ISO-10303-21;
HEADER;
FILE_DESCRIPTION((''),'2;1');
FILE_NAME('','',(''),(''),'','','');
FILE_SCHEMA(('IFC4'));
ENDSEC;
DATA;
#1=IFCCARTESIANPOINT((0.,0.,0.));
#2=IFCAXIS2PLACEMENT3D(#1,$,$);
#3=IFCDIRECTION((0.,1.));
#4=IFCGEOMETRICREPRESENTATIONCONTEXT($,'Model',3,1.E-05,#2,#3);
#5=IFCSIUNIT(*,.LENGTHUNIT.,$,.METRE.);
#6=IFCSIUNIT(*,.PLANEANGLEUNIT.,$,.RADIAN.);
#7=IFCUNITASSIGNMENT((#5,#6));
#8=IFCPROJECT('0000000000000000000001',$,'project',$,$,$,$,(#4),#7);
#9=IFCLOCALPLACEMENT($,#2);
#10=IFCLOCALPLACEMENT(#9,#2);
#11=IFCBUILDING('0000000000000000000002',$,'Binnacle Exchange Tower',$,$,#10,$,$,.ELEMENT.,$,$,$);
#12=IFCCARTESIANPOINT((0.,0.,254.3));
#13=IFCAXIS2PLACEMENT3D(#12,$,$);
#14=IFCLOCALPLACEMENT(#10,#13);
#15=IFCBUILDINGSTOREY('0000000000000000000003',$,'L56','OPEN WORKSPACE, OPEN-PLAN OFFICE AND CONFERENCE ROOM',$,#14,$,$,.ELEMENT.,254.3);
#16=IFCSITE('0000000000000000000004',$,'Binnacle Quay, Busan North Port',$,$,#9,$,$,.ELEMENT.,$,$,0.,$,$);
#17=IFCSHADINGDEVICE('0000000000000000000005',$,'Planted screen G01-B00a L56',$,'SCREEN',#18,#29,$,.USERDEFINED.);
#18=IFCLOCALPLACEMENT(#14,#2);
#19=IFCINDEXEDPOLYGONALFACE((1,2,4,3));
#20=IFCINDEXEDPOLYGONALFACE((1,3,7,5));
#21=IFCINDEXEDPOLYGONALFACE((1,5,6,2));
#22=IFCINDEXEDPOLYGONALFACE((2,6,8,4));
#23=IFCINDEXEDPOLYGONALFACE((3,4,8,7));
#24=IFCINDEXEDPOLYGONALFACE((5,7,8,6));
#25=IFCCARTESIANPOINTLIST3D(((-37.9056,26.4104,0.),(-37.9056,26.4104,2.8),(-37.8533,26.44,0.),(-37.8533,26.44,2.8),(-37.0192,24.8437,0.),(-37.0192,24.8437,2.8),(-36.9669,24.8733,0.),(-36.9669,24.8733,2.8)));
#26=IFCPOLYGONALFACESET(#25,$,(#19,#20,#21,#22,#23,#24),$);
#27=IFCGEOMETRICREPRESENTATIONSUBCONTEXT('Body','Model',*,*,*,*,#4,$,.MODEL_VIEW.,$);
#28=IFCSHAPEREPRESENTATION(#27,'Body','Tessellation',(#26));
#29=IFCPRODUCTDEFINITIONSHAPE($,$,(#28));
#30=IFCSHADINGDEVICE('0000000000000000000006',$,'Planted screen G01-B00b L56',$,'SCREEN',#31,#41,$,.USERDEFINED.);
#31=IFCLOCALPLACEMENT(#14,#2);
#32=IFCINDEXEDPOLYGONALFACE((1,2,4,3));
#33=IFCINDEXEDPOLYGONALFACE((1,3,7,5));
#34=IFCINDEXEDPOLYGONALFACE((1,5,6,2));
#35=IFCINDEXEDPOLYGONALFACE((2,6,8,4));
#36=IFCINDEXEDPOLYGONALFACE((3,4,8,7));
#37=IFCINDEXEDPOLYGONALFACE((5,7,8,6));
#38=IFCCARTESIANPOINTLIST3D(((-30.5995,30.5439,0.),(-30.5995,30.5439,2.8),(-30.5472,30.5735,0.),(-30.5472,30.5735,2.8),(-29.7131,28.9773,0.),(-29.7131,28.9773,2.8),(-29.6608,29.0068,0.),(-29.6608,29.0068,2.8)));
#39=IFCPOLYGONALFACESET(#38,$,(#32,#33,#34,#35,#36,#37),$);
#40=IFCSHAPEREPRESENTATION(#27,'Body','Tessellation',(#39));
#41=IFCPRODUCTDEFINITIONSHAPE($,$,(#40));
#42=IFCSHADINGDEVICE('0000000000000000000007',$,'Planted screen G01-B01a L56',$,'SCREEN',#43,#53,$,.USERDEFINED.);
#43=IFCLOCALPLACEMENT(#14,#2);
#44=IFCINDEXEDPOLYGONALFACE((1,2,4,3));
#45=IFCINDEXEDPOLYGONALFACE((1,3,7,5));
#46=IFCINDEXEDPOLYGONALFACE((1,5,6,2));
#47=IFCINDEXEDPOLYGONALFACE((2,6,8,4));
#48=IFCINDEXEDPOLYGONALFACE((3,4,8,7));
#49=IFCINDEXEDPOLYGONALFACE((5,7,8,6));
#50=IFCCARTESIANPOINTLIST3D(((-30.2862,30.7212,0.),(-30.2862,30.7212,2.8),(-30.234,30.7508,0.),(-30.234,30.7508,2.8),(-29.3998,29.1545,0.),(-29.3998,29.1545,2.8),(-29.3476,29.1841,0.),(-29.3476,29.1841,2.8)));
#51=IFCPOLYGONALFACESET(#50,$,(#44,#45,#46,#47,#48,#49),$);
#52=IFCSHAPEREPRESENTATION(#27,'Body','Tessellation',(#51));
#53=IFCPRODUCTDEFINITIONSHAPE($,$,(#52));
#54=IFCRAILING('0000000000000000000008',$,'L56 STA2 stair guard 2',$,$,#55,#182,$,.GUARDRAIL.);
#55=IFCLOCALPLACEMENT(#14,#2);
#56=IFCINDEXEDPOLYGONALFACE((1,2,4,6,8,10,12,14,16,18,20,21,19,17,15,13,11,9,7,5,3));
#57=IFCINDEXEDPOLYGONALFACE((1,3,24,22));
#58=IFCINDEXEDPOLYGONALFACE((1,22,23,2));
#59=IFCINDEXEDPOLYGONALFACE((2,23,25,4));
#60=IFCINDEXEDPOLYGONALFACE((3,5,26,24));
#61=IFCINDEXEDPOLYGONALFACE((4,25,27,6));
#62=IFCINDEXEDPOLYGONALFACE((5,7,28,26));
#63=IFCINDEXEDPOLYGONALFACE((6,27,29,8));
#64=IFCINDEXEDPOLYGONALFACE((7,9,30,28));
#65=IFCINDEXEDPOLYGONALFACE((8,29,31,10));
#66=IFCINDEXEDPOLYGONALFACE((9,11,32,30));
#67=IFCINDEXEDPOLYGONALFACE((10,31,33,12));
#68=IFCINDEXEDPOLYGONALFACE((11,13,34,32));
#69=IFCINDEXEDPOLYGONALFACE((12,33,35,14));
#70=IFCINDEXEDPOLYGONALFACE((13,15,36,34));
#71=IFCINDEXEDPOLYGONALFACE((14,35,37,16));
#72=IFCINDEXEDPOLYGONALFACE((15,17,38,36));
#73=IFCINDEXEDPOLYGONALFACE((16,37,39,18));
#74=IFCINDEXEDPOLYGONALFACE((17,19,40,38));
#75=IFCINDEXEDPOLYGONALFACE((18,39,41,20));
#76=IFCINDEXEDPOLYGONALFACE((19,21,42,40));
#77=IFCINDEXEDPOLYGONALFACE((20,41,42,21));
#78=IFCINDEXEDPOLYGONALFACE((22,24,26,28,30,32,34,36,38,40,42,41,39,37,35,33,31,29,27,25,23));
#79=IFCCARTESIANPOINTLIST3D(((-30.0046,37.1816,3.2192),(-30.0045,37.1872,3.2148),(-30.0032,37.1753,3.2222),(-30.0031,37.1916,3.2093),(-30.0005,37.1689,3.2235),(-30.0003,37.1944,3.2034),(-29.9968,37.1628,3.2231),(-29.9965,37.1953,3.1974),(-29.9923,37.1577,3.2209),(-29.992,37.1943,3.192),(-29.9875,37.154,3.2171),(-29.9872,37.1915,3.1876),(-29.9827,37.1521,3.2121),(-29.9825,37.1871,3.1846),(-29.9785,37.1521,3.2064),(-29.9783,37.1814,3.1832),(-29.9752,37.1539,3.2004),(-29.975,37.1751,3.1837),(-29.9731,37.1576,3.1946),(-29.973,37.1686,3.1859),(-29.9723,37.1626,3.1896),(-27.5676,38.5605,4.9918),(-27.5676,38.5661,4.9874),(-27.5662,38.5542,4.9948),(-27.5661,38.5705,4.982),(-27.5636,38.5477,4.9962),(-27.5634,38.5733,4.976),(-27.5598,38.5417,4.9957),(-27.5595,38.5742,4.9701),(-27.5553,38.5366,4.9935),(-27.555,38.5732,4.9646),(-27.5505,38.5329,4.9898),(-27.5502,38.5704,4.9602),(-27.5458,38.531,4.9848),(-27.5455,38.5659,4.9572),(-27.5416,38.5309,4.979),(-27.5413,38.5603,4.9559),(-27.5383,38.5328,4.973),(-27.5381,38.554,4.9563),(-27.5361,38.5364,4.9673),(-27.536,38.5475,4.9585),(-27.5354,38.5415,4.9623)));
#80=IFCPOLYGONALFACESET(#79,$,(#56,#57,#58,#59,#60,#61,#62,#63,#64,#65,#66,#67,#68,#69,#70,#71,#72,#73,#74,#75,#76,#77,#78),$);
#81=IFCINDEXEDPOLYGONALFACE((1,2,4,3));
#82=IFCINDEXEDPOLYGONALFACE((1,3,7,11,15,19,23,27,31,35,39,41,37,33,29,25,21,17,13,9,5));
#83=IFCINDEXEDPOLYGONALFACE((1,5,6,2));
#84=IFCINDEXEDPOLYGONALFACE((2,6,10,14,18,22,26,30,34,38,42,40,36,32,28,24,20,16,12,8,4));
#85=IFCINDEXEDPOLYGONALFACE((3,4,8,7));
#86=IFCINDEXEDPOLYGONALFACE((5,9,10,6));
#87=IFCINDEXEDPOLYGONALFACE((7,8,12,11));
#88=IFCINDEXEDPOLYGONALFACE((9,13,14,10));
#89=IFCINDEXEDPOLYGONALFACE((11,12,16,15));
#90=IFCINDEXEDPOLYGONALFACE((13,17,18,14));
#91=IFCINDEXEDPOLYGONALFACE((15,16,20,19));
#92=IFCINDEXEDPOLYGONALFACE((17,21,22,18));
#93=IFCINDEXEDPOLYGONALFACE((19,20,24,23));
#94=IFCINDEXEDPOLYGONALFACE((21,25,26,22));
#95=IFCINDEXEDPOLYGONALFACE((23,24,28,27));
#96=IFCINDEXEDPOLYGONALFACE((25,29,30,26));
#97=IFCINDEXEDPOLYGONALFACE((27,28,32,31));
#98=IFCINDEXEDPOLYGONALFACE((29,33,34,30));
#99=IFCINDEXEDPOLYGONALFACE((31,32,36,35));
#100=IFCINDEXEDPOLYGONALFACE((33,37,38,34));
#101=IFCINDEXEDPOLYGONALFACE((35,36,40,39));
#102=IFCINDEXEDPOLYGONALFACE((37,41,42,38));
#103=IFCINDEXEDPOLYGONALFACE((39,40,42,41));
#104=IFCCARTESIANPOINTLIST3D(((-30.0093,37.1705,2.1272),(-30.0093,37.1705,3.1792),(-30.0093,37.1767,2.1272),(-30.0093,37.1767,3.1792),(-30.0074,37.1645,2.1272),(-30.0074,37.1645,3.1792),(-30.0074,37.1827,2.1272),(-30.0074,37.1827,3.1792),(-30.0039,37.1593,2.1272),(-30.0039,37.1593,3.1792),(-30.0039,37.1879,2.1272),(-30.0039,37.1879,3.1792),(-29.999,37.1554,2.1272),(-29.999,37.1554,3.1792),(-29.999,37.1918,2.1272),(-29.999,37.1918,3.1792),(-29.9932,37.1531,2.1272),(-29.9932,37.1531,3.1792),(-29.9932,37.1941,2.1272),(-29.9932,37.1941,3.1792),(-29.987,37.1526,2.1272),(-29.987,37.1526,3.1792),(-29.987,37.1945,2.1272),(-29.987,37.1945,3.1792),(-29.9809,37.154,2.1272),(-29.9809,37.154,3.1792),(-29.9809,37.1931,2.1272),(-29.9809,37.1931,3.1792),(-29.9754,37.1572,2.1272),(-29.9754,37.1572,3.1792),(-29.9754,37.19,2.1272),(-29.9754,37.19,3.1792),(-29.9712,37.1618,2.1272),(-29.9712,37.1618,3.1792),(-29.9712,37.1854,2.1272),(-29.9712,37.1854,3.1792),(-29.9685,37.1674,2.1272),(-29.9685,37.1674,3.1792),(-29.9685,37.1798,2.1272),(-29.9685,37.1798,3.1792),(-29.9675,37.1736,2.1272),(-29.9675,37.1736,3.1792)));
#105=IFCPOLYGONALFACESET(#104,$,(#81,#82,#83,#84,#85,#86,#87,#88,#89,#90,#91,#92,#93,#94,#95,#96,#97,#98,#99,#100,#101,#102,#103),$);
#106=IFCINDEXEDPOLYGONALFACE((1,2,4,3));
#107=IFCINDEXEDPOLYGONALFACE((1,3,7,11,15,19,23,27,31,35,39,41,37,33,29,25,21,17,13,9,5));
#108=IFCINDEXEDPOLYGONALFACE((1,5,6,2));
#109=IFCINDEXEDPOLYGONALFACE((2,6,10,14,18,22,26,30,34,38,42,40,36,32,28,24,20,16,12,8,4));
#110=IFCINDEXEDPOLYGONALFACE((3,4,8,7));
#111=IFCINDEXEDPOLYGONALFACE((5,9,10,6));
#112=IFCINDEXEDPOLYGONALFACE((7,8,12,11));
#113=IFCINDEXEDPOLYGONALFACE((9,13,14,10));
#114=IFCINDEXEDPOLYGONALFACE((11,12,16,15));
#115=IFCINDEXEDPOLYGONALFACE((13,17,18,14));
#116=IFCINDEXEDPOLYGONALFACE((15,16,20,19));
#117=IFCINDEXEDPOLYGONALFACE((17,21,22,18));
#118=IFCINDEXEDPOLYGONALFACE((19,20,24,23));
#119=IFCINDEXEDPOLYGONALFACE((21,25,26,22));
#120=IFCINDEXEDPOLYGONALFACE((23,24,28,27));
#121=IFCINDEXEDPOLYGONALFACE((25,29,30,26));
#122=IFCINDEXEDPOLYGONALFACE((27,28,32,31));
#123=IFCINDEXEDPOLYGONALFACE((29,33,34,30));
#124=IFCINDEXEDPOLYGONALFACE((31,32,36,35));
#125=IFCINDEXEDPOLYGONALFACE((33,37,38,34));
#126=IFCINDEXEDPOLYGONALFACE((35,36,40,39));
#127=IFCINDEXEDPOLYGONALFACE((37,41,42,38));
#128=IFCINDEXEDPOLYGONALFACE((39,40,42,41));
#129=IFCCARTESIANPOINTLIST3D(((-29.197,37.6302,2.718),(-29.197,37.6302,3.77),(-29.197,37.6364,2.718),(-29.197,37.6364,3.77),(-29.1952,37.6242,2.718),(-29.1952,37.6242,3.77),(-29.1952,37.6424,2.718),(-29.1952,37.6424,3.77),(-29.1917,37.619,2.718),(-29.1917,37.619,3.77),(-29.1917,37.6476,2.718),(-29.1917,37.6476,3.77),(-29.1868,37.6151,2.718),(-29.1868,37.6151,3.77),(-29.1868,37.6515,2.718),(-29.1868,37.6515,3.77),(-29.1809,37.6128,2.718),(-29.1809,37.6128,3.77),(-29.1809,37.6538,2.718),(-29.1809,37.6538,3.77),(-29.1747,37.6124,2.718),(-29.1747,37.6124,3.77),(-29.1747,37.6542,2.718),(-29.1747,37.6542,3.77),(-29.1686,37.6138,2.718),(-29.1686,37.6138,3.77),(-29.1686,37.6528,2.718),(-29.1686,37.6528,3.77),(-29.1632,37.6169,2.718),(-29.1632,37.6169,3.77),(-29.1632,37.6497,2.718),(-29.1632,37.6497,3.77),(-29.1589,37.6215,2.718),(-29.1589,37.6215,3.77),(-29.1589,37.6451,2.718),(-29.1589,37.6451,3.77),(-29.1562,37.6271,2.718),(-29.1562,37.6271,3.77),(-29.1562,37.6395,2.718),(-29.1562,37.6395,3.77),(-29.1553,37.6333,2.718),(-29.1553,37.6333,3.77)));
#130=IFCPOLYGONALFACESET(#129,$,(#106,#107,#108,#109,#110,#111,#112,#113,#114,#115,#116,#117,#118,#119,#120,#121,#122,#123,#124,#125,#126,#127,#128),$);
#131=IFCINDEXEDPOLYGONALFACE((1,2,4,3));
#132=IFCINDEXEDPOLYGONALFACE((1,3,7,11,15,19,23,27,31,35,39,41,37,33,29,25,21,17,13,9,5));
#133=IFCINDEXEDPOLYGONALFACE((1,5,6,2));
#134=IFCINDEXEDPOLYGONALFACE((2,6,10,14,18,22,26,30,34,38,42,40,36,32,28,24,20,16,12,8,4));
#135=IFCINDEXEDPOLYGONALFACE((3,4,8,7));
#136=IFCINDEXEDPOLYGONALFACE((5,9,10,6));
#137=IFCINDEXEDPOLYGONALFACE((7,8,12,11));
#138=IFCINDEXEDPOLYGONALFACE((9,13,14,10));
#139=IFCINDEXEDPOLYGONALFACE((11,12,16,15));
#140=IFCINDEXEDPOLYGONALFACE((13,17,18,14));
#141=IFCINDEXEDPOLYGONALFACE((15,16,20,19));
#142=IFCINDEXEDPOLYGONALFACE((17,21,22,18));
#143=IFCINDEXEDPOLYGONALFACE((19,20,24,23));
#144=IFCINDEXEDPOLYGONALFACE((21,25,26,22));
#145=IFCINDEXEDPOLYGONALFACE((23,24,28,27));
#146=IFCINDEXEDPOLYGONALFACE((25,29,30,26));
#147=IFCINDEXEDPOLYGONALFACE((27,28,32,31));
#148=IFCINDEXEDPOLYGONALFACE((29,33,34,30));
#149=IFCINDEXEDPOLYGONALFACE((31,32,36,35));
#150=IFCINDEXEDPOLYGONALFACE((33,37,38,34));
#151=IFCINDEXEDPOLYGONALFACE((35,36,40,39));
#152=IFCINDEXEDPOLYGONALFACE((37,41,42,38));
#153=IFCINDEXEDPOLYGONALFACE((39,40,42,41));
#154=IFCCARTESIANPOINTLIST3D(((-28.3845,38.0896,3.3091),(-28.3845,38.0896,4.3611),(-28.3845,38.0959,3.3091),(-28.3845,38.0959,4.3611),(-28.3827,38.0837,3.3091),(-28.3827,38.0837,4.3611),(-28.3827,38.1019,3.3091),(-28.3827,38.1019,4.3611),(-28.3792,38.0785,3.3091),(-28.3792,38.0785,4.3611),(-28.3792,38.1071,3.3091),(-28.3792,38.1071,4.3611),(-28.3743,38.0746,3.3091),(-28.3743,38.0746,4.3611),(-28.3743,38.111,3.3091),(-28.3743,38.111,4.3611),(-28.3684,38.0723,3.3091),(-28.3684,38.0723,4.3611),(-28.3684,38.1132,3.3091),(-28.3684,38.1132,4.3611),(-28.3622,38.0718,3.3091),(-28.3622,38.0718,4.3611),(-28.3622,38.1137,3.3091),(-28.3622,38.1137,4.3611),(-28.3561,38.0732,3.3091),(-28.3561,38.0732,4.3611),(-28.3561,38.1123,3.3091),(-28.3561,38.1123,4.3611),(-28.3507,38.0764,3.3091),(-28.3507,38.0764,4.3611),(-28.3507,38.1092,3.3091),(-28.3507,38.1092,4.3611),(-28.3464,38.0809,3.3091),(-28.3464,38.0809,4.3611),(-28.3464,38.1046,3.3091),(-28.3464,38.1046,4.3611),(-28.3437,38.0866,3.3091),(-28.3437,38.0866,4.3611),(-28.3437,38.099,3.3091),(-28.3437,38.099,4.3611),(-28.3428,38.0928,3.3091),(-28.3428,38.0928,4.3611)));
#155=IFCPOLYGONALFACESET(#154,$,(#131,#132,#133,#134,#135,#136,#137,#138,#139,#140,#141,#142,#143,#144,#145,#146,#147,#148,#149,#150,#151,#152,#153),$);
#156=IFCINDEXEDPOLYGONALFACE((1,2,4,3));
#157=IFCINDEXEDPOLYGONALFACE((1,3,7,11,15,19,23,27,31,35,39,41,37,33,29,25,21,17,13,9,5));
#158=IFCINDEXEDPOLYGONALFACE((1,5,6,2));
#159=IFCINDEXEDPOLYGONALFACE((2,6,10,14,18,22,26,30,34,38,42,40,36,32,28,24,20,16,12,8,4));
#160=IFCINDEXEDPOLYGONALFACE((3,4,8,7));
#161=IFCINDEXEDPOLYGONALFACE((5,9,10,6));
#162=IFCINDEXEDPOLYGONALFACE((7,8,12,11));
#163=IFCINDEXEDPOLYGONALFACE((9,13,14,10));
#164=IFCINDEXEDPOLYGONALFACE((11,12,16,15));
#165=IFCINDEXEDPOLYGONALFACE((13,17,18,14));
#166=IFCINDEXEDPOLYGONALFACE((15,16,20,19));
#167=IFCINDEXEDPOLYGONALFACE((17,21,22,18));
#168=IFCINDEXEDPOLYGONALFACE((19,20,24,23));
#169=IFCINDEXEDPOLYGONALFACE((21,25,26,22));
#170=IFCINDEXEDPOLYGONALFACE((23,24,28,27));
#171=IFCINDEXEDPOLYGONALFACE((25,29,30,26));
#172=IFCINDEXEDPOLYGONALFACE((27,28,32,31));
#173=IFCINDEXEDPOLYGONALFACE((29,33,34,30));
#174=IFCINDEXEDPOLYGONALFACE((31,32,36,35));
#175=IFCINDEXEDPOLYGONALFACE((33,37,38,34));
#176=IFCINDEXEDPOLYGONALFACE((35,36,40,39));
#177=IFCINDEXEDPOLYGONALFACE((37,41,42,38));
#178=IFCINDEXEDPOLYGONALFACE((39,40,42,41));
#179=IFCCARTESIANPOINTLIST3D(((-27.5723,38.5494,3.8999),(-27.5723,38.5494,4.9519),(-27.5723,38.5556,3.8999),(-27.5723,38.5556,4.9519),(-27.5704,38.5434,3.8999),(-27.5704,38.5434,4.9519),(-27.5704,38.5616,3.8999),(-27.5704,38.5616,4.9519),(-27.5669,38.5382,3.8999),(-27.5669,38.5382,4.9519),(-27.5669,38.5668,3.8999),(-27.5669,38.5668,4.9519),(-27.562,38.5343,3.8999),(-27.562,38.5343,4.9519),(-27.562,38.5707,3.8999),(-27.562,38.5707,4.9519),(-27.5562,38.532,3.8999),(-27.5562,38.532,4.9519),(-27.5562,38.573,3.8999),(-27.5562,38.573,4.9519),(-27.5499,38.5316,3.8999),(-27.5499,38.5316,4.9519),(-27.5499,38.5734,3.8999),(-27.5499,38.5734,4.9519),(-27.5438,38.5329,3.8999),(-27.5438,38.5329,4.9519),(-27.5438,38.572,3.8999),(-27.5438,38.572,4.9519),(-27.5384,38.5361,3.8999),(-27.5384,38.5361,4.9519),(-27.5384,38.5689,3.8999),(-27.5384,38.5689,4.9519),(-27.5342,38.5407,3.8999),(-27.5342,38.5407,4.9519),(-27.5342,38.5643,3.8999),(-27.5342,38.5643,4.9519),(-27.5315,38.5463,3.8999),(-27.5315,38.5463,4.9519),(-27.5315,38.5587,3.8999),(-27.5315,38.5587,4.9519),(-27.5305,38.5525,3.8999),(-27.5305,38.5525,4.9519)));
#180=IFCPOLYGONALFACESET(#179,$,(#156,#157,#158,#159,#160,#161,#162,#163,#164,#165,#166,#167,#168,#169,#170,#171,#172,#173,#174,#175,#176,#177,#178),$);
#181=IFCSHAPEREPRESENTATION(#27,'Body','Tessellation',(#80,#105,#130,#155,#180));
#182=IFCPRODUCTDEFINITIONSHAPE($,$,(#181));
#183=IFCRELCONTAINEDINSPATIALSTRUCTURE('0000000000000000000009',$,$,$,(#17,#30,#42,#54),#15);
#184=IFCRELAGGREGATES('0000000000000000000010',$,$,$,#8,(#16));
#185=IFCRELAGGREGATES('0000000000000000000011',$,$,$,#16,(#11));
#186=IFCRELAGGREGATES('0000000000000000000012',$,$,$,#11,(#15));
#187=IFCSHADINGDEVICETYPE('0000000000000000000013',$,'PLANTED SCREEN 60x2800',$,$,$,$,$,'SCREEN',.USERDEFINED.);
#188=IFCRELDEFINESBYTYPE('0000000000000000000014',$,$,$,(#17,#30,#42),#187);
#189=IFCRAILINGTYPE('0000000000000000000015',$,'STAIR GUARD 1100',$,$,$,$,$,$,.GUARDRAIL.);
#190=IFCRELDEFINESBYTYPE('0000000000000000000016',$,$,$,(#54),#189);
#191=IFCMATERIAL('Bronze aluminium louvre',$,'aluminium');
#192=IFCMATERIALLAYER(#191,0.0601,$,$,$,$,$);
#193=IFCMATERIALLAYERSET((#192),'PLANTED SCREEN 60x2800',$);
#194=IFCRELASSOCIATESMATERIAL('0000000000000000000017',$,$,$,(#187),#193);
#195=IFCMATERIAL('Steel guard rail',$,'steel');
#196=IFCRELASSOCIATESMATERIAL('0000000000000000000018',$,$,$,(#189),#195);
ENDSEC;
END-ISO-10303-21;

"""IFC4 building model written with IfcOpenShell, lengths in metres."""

from ifc_helpers import new_model, si_unit, direction, frame, origin, origin_2d, place, context, subcontext, project, spatial, rectangle, circle, extrude, material, layer, layer_set, type_object, element, save


model = new_model("IFC4")

# Units and contexts
model_context = context("Model", 3, precision=1e-05, world=origin(), true_north=direction((0.0, 1.0)))
body_context = subcontext(model_context, "Body", "Model", "MODEL_VIEW")
ifc_project = project(units=[si_unit("LENGTHUNIT", "METRE"), si_unit("PLANEANGLEUNIT", "RADIAN")], contexts=[model_context])

# Site, building, storey
site_placement = place(None, origin())
site = spatial("IfcSite", under=ifc_project, at=site_placement, Name="Binnacle Quay, Busan North Port", CompositionType="ELEMENT", RefElevation=0.0)
building_placement = place(site_placement, origin())
building = spatial("IfcBuilding", under=site, at=building_placement, Name="Binnacle Exchange Tower", CompositionType="ELEMENT")
storey_placement = place(building_placement, frame((0.0, 0.0, 254.3)))
storey = spatial("IfcBuildingStorey", under=building, at=storey_placement, Name="L56", Description="OPEN WORKSPACE, OPEN-PLAN OFFICE AND CONFERENCE ROOM", CompositionType="ELEMENT", Elevation=254.3)

# Shading devices
ifc_material_1 = material(Name="Bronze aluminium louvre", Category="aluminium")
ifc_layer_1 = layer(ifc_material_1, 0.0601)
ifc_layer_set_1 = layer_set([ifc_layer_1], Name="PLANTED SCREEN 60x2800")
shading_device_type = type_object("IfcShadingDeviceType", Name="PLANTED SCREEN 60x2800", ElementType="SCREEN", PredefinedType="USERDEFINED", material=ifc_layer_set_1)
for number, where, z_axis, x_axis, name in (
    (1, (-37.4363, 25.6418, 0.0), (0.0, 0.0, 1.0), (0.870356, 0.492424, 0.0), "Planted screen G01-B00a L56"),
    (2, (-30.1301, 29.7754, 0.0), (0.0, 0.0, 1.0), (0.870356, 0.492424, 0.0), "Planted screen G01-B00b L56"),
    (3, (-29.8169, 29.9526, 0.0), (0.0, 0.0, 1.0), (0.870356, 0.492424, 0.0), "Planted screen G01-B01a L56"),
):
    element("IfcShadingDevice", number, at=place(storey_placement, frame(where, z_axis=z_axis, x_axis=x_axis)), inside=storey, type_object=shading_device_type, Name=name, ObjectType="SCREEN", PredefinedType="USERDEFINED", context=body_context, shape_type="SweptSolid", body=[
        extrude(rectangle(XDim=0.0601, YDim=1.8, at=origin_2d()), origin(), (0.0, 0.0, 1.0), 2.8),
    ])

# Railing
ifc_material_2 = material(Name="Steel guard rail", Category="steel")
railing_type_1 = type_object("IfcRailingType", Name="STAIR GUARD 1100", PredefinedType="GUARDRAIL", material=ifc_material_2)
railing_1_placement = place(storey_placement, frame((-29.9885, 37.1736, 2.1272)))
element("IfcRailing", 4, at=railing_1_placement, inside=storey, type_object=railing_type_1, Name="L56 STA2 stair guard 2", PredefinedType="GUARDRAIL", context=body_context, shape_type="SweptSolid", body=[
    extrude(circle(Radius=0.0239, at=origin_2d()), frame((0.0, 0.0, 1.0762), z_axis=(0.735359, 0.41608, 0.534907), x_axis=(-0.492454, 0.870339, 0.0)), (0.0, 0.0, 1.0), 3.314),
    extrude(circle(Radius=0.021, at=origin_2d()), origin(), (0.0, 0.0, 1.0), 1.052),
    extrude(circle(Radius=0.021, at=origin_2d()), frame((0.8123, 0.4597, 0.5908)), (0.0, 0.0, 1.0), 1.052),
    extrude(circle(Radius=0.021, at=origin_2d()), frame((1.6248, 0.9192, 1.1819)), (0.0, 0.0, 1.0), 1.052),
    extrude(circle(Radius=0.021, at=origin_2d()), frame((2.437, 1.3789, 1.7727)), (0.0, 0.0, 1.0), 1.052),
])

save(model, "model.ifc")
